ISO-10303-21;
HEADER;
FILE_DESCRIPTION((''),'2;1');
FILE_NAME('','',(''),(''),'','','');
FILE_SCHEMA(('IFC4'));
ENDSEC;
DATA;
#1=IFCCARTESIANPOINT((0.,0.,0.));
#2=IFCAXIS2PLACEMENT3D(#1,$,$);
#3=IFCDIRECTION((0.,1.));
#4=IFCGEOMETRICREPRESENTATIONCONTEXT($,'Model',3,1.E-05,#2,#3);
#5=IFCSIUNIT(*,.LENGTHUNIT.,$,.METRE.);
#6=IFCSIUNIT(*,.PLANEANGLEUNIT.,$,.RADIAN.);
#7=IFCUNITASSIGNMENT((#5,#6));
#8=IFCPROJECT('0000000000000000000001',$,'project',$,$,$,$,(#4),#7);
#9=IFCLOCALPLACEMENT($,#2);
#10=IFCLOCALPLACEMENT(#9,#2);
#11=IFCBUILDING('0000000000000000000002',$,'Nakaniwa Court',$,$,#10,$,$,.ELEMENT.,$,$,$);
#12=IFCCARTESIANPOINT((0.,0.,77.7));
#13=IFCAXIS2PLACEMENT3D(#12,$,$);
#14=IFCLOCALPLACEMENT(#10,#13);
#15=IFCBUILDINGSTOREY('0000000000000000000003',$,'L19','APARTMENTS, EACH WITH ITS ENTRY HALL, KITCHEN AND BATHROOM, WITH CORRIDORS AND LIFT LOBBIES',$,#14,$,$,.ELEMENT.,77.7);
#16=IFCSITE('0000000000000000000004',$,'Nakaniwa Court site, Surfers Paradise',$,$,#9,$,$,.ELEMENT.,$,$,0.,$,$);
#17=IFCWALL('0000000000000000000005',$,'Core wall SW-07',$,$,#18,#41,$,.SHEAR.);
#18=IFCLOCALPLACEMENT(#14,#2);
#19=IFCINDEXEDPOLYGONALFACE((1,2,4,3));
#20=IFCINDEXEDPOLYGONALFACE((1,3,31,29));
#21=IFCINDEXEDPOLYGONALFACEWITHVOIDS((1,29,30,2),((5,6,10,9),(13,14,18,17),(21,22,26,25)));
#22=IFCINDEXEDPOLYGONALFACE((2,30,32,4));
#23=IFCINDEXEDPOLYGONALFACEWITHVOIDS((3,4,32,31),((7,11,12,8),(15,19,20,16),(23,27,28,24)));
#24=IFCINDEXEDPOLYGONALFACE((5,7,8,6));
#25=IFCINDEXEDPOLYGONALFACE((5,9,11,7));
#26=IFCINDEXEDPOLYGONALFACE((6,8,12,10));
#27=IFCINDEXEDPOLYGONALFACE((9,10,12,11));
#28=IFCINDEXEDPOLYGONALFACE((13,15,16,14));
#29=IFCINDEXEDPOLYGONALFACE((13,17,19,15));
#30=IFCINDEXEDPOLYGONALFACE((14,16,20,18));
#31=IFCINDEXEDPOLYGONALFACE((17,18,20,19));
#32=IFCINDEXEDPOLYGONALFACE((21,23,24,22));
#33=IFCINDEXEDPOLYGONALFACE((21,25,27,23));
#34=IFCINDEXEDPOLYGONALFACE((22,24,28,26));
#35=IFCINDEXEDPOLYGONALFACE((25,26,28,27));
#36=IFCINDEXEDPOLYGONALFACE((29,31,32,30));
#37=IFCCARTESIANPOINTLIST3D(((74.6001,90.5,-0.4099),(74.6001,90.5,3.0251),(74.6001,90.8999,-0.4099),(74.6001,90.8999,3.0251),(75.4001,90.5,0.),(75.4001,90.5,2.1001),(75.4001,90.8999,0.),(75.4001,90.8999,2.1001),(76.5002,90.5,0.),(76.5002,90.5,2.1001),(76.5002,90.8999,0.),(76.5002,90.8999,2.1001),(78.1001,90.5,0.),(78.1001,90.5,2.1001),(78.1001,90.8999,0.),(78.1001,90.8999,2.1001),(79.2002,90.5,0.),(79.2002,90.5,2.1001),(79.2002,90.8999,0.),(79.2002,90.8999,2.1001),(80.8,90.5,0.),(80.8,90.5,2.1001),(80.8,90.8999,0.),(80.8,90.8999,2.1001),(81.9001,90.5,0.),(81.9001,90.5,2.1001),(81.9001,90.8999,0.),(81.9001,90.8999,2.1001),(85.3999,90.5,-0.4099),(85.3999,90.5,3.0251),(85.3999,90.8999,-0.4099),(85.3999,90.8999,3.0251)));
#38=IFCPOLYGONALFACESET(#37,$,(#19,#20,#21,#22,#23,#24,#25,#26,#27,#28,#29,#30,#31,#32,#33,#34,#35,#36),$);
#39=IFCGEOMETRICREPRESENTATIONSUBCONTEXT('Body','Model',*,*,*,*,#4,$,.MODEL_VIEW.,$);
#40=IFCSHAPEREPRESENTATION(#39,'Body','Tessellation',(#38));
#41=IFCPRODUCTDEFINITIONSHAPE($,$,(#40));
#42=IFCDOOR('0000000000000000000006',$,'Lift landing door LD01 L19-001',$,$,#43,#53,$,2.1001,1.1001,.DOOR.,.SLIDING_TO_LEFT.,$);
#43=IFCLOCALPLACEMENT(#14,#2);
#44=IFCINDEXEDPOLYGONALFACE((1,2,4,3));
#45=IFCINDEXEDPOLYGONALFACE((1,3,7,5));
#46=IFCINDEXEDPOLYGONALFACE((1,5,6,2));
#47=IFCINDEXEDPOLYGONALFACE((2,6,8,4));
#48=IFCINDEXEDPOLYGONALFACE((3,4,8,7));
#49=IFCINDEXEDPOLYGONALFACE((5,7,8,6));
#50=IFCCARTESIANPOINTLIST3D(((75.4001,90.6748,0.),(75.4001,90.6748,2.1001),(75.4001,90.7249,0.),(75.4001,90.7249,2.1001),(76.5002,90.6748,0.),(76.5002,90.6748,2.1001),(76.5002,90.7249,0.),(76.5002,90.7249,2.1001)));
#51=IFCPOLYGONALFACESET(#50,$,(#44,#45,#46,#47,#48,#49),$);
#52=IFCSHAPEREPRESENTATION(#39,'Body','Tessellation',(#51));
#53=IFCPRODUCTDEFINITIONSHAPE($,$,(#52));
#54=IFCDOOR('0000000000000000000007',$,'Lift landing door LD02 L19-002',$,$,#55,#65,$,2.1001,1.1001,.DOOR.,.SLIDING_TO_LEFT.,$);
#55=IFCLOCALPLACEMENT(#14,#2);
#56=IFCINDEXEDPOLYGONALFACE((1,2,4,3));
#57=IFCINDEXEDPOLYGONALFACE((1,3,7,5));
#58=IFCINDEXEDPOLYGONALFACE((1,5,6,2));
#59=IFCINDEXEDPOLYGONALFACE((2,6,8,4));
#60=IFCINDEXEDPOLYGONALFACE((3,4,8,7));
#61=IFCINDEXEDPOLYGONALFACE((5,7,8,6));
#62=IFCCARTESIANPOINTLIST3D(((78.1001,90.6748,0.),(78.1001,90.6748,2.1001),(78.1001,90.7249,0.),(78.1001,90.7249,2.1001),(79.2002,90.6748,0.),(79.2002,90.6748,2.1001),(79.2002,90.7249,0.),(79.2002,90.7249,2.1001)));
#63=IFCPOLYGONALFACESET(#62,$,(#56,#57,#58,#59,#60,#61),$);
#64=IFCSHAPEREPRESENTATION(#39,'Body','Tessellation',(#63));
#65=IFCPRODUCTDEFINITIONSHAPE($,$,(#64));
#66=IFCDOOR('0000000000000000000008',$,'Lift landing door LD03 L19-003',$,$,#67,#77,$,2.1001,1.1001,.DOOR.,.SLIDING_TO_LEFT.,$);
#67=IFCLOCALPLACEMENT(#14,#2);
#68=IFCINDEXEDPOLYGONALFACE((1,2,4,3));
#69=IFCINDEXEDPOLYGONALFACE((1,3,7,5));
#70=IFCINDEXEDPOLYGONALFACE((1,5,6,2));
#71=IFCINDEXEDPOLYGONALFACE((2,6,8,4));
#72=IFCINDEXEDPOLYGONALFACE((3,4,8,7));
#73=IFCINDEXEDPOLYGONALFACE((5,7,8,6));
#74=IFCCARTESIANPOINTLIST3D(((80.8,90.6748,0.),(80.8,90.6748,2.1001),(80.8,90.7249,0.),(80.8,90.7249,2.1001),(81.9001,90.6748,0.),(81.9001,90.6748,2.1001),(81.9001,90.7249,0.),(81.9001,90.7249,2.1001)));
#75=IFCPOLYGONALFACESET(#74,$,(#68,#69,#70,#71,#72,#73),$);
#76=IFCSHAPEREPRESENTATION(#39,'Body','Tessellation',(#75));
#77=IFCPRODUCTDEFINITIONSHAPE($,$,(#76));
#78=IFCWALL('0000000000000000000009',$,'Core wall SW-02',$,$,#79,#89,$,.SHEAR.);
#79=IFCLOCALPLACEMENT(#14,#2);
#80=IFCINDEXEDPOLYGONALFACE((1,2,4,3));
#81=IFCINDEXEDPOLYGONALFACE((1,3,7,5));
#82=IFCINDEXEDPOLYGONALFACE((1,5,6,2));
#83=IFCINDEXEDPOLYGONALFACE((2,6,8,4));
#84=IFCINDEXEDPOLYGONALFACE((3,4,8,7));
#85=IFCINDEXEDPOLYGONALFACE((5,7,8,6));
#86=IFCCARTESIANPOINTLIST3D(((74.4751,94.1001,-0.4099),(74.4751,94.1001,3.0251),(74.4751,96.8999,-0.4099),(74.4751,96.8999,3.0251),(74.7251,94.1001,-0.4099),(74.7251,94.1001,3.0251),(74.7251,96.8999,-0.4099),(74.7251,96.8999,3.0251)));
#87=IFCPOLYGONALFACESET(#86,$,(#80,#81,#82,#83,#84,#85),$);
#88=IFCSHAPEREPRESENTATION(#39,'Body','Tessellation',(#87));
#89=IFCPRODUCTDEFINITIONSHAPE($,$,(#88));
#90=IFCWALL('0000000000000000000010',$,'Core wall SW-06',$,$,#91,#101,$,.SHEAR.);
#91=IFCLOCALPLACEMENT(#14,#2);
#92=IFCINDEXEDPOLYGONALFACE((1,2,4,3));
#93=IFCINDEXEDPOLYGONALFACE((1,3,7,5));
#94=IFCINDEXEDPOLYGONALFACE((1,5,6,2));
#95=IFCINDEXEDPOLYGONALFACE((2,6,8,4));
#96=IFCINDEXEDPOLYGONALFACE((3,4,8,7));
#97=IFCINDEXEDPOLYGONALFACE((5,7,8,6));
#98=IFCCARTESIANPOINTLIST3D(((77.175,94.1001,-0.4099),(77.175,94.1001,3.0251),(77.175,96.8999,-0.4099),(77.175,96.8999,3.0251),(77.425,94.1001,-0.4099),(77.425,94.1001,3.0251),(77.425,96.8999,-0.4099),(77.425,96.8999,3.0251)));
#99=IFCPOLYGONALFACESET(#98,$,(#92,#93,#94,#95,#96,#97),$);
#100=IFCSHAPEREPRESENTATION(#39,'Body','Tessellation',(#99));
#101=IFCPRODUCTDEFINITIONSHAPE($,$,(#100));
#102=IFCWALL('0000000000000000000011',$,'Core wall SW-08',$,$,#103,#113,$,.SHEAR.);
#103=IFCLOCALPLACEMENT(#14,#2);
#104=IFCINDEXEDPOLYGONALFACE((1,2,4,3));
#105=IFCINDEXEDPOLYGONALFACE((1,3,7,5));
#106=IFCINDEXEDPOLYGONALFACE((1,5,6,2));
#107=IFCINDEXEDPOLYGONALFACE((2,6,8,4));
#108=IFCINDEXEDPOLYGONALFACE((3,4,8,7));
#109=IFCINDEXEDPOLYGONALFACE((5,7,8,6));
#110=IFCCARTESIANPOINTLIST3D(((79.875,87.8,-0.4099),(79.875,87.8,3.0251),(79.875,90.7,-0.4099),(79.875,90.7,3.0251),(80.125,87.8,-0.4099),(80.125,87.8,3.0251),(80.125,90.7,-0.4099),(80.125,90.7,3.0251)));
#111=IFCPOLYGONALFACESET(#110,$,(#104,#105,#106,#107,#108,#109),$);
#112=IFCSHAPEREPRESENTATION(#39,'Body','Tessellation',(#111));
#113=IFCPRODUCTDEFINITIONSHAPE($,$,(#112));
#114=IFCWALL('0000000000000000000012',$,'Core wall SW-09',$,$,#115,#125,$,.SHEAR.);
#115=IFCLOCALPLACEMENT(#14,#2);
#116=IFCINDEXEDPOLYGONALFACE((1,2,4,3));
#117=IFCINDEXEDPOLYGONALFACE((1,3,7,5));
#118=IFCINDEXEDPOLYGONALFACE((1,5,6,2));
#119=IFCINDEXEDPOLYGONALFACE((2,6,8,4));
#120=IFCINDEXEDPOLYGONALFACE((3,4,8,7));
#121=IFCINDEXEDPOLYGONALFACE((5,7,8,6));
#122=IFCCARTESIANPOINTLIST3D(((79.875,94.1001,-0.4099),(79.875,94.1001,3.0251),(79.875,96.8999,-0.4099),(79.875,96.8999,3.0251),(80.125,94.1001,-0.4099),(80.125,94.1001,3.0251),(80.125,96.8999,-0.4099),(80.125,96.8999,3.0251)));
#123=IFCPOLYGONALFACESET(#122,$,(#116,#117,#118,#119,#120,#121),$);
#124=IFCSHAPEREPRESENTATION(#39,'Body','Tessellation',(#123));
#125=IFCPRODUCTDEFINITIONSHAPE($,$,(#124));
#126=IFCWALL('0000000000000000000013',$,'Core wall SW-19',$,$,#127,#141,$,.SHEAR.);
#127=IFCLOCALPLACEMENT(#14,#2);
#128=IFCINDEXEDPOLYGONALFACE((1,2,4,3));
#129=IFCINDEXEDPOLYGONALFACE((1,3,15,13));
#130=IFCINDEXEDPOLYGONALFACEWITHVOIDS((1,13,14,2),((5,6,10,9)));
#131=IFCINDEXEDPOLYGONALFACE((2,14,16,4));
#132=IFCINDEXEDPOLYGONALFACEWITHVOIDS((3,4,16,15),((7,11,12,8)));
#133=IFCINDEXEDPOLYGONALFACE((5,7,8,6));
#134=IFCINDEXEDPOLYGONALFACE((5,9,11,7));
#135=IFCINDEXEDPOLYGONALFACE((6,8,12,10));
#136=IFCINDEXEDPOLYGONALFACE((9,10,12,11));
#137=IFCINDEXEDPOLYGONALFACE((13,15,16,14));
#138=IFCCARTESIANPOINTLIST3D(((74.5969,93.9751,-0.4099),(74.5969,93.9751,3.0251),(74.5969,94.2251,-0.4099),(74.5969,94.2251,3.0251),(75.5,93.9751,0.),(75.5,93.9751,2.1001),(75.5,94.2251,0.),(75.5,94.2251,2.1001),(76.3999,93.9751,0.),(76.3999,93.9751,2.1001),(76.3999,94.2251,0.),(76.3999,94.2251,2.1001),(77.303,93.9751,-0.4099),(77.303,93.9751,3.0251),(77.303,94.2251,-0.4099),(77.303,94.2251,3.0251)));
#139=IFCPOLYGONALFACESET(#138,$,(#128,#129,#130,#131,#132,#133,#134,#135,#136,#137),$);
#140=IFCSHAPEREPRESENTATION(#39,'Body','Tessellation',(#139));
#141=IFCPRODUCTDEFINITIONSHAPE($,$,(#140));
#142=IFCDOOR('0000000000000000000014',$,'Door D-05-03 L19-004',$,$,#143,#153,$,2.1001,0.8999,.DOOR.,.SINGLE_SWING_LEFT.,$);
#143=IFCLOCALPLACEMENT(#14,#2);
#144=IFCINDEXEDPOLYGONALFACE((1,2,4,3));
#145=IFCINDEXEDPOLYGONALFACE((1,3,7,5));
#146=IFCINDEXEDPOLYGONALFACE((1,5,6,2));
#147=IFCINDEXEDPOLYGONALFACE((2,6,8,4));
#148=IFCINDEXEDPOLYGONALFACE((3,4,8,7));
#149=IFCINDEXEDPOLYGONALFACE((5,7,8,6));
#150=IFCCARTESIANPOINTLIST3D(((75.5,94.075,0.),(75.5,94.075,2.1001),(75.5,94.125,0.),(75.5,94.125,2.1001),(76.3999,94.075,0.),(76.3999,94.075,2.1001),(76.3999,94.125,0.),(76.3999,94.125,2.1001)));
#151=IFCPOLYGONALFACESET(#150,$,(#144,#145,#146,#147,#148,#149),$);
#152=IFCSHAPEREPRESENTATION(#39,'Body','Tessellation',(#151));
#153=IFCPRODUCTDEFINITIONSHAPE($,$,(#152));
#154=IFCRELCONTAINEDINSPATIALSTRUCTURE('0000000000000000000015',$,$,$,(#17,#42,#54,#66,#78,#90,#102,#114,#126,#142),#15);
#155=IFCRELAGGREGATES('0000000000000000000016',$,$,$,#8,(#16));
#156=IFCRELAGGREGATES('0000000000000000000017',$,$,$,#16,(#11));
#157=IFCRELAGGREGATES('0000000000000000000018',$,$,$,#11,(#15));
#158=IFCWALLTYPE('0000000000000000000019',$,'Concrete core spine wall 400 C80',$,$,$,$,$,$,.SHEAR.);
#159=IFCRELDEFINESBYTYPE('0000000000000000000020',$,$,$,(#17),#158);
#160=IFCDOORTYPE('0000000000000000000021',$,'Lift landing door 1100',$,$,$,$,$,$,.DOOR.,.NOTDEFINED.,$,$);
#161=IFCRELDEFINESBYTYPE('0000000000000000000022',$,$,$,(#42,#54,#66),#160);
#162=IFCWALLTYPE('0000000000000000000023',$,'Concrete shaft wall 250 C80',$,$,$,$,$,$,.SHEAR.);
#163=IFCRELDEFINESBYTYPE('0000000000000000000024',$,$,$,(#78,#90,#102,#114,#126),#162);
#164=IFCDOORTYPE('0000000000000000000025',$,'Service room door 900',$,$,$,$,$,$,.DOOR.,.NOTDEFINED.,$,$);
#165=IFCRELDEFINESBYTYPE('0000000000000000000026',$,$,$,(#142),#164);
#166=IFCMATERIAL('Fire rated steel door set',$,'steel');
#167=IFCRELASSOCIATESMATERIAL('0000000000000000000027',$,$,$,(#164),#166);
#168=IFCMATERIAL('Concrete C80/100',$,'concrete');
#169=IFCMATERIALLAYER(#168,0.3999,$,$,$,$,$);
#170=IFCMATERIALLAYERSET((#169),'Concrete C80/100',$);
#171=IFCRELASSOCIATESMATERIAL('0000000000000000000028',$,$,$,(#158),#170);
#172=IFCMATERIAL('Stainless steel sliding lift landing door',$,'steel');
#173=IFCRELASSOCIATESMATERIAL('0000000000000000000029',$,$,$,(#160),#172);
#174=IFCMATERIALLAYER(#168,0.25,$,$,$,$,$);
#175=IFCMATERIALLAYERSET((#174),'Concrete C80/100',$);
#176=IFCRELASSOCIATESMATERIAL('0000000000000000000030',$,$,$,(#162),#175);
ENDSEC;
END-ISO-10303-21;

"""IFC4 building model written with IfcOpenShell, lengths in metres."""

from ifc_helpers import new_model, si_unit, direction, frame, frame_2d, origin, place, context, subcontext, project, spatial, rectangle, extrude, material, layer, layer_set, type_object, element, fill, save


model = new_model("IFC4")

# Units and contexts
model_context = context("Model", 3, precision=1e-05, world=origin(), true_north=direction((0.0, 1.0)))
body_context = subcontext(model_context, "Body", "Model", "MODEL_VIEW")
ifc_project = project(units=[si_unit("LENGTHUNIT", "METRE"), si_unit("PLANEANGLEUNIT", "RADIAN")], contexts=[model_context])

# Site, building, storey
site_placement = place(None, origin())
site = spatial("IfcSite", under=ifc_project, at=site_placement, Name="Nakaniwa Court site, Surfers Paradise", CompositionType="ELEMENT", RefElevation=0.0)
building_placement = place(site_placement, origin())
building = spatial("IfcBuilding", under=site, at=building_placement, Name="Nakaniwa Court", CompositionType="ELEMENT")
storey_placement = place(building_placement, frame((0.0, 0.0, 77.7)))
storey = spatial("IfcBuildingStorey", under=building, at=storey_placement, Name="L19", Description="APARTMENTS, EACH WITH ITS ENTRY HALL, KITCHEN AND BATHROOM, WITH CORRIDORS AND LIFT LOBBIES", CompositionType="ELEMENT", Elevation=77.7)

# Shared definitions
ifc_material_1 = material(Name="Fire rated steel door set", Category="steel")
door_type_1 = type_object("IfcDoorType", Name="Service room door 900", OperationType="NOTDEFINED", PredefinedType="DOOR", material=ifc_material_1)

# Wall, openings, doors
ifc_material_2 = material(Name="Concrete C80/100", Category="concrete")
ifc_layer_1 = layer(ifc_material_2, 0.3999)
ifc_layer_set_1 = layer_set([ifc_layer_1], Name="Concrete C80/100")
wall_type_1 = type_object("IfcWallType", Name="Concrete core spine wall 400 C80", PredefinedType="SHEAR", material=ifc_layer_set_1)
wall_1_placement = place(storey_placement, frame((74.6001, 90.7, -0.4099), z_axis=(0.0, 0.0, 1.0), x_axis=(1.0, 0.0, 0.0)))
wall_1 = element("IfcWall", 1, at=wall_1_placement, inside=storey, type_object=wall_type_1, Name="Core wall SW-07", PredefinedType="SHEAR", context=body_context, shape_type="SweptSolid", body=[
    extrude(rectangle(XDim=10.7998, YDim=0.3999, at=frame_2d((5.3999, 0.0))), origin(), (0.0, 0.0, 1.0), 3.4351),
])
opening_1_placement = place(wall_1_placement, frame((0.8, 0.0, 0.4099)))
opening_1 = element("IfcOpeningElement", 2, at=opening_1_placement, cuts=wall_1, PredefinedType="OPENING", context=body_context, shape_type="SweptSolid", body=[
    extrude(rectangle(XDim=1.1001, YDim=2.1001, at=frame_2d((0.55, 1.05))), frame((0.0, 0.21, 0.0), z_axis=(0.0, -1.0, 0.0), x_axis=(1.0, 0.0, 0.0)), (0.0, 0.0, 1.0), 0.4199),
])
opening_2_placement = place(wall_1_placement, frame((3.5, 0.0, 0.4099)))
opening_2 = element("IfcOpeningElement", 3, at=opening_2_placement, cuts=wall_1, PredefinedType="OPENING", context=body_context, shape_type="SweptSolid", body=[
    extrude(rectangle(XDim=1.1001, YDim=2.1001, at=frame_2d((0.55, 1.05))), frame((0.0, 0.21, 0.0), z_axis=(0.0, -1.0, 0.0), x_axis=(1.0, 0.0, 0.0)), (0.0, 0.0, 1.0), 0.4199),
])
opening_3_placement = place(wall_1_placement, frame((6.2, 0.0, 0.4099)))
opening_3 = element("IfcOpeningElement", 4, at=opening_3_placement, cuts=wall_1, PredefinedType="OPENING", context=body_context, shape_type="SweptSolid", body=[
    extrude(rectangle(XDim=1.1001, YDim=2.1001, at=frame_2d((0.55, 1.05))), frame((0.0, 0.21, 0.0), z_axis=(0.0, -1.0, 0.0), x_axis=(1.0, 0.0, 0.0)), (0.0, 0.0, 1.0), 0.4199),
])
ifc_material_3 = material(Name="Stainless steel sliding lift landing door", Category="steel")
door_type_2 = type_object("IfcDoorType", Name="Lift landing door 1100", OperationType="NOTDEFINED", PredefinedType="DOOR", material=ifc_material_3)
door_1_placement = place(opening_1_placement, origin())
door_1 = element("IfcDoor", 5, at=door_1_placement, inside=storey, type_object=door_type_2, Name="Lift landing door LD01 L19-001", OperationType="SLIDING_TO_LEFT", OverallHeight=2.1001, OverallWidth=1.1001, PredefinedType="DOOR", context=body_context, shape_type="SweptSolid", body=[
    extrude(rectangle(XDim=1.1001, YDim=2.1001, at=frame_2d((0.55, 1.05))), frame((0.0, 0.0249, 0.0), z_axis=(0.0, -1.0, 0.0), x_axis=(1.0, 0.0, 0.0)), (0.0, 0.0, 1.0), 0.05),
])
fill(opening_1, door_1)
door_2_placement = place(opening_2_placement, origin())
door_2 = element("IfcDoor", 6, at=door_2_placement, inside=storey, type_object=door_type_2, Name="Lift landing door LD02 L19-002", OperationType="SLIDING_TO_LEFT", OverallHeight=2.1001, OverallWidth=1.1001, PredefinedType="DOOR", context=body_context, shape_type="SweptSolid", body=[
    extrude(rectangle(XDim=1.1001, YDim=2.1001, at=frame_2d((0.55, 1.05))), frame((0.0, 0.0249, 0.0), z_axis=(0.0, -1.0, 0.0), x_axis=(1.0, 0.0, 0.0)), (0.0, 0.0, 1.0), 0.05),
])
fill(opening_2, door_2)
door_3_placement = place(opening_3_placement, origin())
door_3 = element("IfcDoor", 7, at=door_3_placement, inside=storey, type_object=door_type_2, Name="Lift landing door LD03 L19-003", OperationType="SLIDING_TO_LEFT", OverallHeight=2.1001, OverallWidth=1.1001, PredefinedType="DOOR", context=body_context, shape_type="SweptSolid", body=[
    extrude(rectangle(XDim=1.1001, YDim=2.1001, at=frame_2d((0.55, 1.05))), frame((0.0, 0.0249, 0.0), z_axis=(0.0, -1.0, 0.0), x_axis=(1.0, 0.0, 0.0)), (0.0, 0.0, 1.0), 0.05),
])
fill(opening_3, door_3)

# Walls
ifc_layer_2 = layer(ifc_material_2, 0.25)
ifc_layer_set_2 = layer_set([ifc_layer_2], Name="Concrete C80/100")
wall_type_2 = type_object("IfcWallType", Name="Concrete shaft wall 250 C80", PredefinedType="SHEAR", material=ifc_layer_set_2)
for number, where, z_axis, x_axis, name in (
    (8, (74.6001, 94.1001, -0.4099), (0.0, 0.0, 1.0), (0.0, 1.0, 0.0), "Core wall SW-02"),
    (9, (77.3, 94.1001, -0.4099), (0.0, 0.0, 1.0), (0.0, 1.0, 0.0), "Core wall SW-06"),
):
    element("IfcWall", number, at=place(storey_placement, frame(where, z_axis=z_axis, x_axis=x_axis)), inside=storey, type_object=wall_type_2, Name=name, PredefinedType="SHEAR", context=body_context, shape_type="SweptSolid", body=[
        extrude(rectangle(XDim=2.7998, YDim=0.25, at=frame_2d((1.3999, 0.0))), origin(), (0.0, 0.0, 1.0), 3.4351),
    ])
wall_2_placement = place(storey_placement, frame((80.0, 87.8, -0.4099), z_axis=(0.0, 0.0, 1.0), x_axis=(0.0, 1.0, 0.0)))
element("IfcWall", 10, at=wall_2_placement, inside=storey, type_object=wall_type_2, Name="Core wall SW-08", PredefinedType="SHEAR", context=body_context, shape_type="SweptSolid", body=[
    extrude(rectangle(XDim=2.8999, YDim=0.25, at=frame_2d((1.45, 0.0))), origin(), (0.0, 0.0, 1.0), 3.4351),
])
wall_3_placement = place(storey_placement, frame((80.0, 94.1001, -0.4099), z_axis=(0.0, 0.0, 1.0), x_axis=(0.0, 1.0, 0.0)))
element("IfcWall", 11, at=wall_3_placement, inside=storey, type_object=wall_type_2, Name="Core wall SW-09", PredefinedType="SHEAR", context=body_context, shape_type="SweptSolid", body=[
    extrude(rectangle(XDim=2.7998, YDim=0.25, at=frame_2d((1.3999, 0.0))), origin(), (0.0, 0.0, 1.0), 3.4351),
])

# Wall, opening, door
wall_4_placement = place(storey_placement, frame((74.5969, 94.1001, -0.4099), z_axis=(0.0, 0.0, 1.0), x_axis=(1.0, 0.0, 0.0)))
wall_4 = element("IfcWall", 12, at=wall_4_placement, inside=storey, type_object=wall_type_2, Name="Core wall SW-19", PredefinedType="SHEAR", context=body_context, shape_type="SweptSolid", body=[
    extrude(rectangle(XDim=2.7061, YDim=0.25, at=frame_2d((1.353, 0.0))), origin(), (0.0, 0.0, 1.0), 3.4351),
])
opening_4_placement = place(wall_4_placement, frame((0.9031, 0.0, 0.4099)))
opening_4 = element("IfcOpeningElement", 13, at=opening_4_placement, cuts=wall_4, PredefinedType="OPENING", context=body_context, shape_type="SweptSolid", body=[
    extrude(rectangle(XDim=0.8999, YDim=2.1001, at=frame_2d((0.45, 1.05))), frame((0.0, 0.135, 0.0), z_axis=(0.0, -1.0, 0.0), x_axis=(1.0, 0.0, 0.0)), (0.0, 0.0, 1.0), 0.27),
])
door_4_placement = place(opening_4_placement, origin())
door_4 = element("IfcDoor", 14, at=door_4_placement, inside=storey, type_object=door_type_1, Name="Door D-05-03 L19-004", OperationType="SINGLE_SWING_LEFT", OverallHeight=2.1001, OverallWidth=0.8999, PredefinedType="DOOR", context=body_context, shape_type="SweptSolid", body=[
    extrude(rectangle(XDim=0.8999, YDim=2.1001, at=frame_2d((0.45, 1.05))), frame((0.0, 0.0249, 0.0), z_axis=(0.0, -1.0, 0.0), x_axis=(1.0, 0.0, 0.0)), (0.0, 0.0, 1.0), 0.05),
])
fill(opening_4, door_4)

save(model, "model.ifc")
